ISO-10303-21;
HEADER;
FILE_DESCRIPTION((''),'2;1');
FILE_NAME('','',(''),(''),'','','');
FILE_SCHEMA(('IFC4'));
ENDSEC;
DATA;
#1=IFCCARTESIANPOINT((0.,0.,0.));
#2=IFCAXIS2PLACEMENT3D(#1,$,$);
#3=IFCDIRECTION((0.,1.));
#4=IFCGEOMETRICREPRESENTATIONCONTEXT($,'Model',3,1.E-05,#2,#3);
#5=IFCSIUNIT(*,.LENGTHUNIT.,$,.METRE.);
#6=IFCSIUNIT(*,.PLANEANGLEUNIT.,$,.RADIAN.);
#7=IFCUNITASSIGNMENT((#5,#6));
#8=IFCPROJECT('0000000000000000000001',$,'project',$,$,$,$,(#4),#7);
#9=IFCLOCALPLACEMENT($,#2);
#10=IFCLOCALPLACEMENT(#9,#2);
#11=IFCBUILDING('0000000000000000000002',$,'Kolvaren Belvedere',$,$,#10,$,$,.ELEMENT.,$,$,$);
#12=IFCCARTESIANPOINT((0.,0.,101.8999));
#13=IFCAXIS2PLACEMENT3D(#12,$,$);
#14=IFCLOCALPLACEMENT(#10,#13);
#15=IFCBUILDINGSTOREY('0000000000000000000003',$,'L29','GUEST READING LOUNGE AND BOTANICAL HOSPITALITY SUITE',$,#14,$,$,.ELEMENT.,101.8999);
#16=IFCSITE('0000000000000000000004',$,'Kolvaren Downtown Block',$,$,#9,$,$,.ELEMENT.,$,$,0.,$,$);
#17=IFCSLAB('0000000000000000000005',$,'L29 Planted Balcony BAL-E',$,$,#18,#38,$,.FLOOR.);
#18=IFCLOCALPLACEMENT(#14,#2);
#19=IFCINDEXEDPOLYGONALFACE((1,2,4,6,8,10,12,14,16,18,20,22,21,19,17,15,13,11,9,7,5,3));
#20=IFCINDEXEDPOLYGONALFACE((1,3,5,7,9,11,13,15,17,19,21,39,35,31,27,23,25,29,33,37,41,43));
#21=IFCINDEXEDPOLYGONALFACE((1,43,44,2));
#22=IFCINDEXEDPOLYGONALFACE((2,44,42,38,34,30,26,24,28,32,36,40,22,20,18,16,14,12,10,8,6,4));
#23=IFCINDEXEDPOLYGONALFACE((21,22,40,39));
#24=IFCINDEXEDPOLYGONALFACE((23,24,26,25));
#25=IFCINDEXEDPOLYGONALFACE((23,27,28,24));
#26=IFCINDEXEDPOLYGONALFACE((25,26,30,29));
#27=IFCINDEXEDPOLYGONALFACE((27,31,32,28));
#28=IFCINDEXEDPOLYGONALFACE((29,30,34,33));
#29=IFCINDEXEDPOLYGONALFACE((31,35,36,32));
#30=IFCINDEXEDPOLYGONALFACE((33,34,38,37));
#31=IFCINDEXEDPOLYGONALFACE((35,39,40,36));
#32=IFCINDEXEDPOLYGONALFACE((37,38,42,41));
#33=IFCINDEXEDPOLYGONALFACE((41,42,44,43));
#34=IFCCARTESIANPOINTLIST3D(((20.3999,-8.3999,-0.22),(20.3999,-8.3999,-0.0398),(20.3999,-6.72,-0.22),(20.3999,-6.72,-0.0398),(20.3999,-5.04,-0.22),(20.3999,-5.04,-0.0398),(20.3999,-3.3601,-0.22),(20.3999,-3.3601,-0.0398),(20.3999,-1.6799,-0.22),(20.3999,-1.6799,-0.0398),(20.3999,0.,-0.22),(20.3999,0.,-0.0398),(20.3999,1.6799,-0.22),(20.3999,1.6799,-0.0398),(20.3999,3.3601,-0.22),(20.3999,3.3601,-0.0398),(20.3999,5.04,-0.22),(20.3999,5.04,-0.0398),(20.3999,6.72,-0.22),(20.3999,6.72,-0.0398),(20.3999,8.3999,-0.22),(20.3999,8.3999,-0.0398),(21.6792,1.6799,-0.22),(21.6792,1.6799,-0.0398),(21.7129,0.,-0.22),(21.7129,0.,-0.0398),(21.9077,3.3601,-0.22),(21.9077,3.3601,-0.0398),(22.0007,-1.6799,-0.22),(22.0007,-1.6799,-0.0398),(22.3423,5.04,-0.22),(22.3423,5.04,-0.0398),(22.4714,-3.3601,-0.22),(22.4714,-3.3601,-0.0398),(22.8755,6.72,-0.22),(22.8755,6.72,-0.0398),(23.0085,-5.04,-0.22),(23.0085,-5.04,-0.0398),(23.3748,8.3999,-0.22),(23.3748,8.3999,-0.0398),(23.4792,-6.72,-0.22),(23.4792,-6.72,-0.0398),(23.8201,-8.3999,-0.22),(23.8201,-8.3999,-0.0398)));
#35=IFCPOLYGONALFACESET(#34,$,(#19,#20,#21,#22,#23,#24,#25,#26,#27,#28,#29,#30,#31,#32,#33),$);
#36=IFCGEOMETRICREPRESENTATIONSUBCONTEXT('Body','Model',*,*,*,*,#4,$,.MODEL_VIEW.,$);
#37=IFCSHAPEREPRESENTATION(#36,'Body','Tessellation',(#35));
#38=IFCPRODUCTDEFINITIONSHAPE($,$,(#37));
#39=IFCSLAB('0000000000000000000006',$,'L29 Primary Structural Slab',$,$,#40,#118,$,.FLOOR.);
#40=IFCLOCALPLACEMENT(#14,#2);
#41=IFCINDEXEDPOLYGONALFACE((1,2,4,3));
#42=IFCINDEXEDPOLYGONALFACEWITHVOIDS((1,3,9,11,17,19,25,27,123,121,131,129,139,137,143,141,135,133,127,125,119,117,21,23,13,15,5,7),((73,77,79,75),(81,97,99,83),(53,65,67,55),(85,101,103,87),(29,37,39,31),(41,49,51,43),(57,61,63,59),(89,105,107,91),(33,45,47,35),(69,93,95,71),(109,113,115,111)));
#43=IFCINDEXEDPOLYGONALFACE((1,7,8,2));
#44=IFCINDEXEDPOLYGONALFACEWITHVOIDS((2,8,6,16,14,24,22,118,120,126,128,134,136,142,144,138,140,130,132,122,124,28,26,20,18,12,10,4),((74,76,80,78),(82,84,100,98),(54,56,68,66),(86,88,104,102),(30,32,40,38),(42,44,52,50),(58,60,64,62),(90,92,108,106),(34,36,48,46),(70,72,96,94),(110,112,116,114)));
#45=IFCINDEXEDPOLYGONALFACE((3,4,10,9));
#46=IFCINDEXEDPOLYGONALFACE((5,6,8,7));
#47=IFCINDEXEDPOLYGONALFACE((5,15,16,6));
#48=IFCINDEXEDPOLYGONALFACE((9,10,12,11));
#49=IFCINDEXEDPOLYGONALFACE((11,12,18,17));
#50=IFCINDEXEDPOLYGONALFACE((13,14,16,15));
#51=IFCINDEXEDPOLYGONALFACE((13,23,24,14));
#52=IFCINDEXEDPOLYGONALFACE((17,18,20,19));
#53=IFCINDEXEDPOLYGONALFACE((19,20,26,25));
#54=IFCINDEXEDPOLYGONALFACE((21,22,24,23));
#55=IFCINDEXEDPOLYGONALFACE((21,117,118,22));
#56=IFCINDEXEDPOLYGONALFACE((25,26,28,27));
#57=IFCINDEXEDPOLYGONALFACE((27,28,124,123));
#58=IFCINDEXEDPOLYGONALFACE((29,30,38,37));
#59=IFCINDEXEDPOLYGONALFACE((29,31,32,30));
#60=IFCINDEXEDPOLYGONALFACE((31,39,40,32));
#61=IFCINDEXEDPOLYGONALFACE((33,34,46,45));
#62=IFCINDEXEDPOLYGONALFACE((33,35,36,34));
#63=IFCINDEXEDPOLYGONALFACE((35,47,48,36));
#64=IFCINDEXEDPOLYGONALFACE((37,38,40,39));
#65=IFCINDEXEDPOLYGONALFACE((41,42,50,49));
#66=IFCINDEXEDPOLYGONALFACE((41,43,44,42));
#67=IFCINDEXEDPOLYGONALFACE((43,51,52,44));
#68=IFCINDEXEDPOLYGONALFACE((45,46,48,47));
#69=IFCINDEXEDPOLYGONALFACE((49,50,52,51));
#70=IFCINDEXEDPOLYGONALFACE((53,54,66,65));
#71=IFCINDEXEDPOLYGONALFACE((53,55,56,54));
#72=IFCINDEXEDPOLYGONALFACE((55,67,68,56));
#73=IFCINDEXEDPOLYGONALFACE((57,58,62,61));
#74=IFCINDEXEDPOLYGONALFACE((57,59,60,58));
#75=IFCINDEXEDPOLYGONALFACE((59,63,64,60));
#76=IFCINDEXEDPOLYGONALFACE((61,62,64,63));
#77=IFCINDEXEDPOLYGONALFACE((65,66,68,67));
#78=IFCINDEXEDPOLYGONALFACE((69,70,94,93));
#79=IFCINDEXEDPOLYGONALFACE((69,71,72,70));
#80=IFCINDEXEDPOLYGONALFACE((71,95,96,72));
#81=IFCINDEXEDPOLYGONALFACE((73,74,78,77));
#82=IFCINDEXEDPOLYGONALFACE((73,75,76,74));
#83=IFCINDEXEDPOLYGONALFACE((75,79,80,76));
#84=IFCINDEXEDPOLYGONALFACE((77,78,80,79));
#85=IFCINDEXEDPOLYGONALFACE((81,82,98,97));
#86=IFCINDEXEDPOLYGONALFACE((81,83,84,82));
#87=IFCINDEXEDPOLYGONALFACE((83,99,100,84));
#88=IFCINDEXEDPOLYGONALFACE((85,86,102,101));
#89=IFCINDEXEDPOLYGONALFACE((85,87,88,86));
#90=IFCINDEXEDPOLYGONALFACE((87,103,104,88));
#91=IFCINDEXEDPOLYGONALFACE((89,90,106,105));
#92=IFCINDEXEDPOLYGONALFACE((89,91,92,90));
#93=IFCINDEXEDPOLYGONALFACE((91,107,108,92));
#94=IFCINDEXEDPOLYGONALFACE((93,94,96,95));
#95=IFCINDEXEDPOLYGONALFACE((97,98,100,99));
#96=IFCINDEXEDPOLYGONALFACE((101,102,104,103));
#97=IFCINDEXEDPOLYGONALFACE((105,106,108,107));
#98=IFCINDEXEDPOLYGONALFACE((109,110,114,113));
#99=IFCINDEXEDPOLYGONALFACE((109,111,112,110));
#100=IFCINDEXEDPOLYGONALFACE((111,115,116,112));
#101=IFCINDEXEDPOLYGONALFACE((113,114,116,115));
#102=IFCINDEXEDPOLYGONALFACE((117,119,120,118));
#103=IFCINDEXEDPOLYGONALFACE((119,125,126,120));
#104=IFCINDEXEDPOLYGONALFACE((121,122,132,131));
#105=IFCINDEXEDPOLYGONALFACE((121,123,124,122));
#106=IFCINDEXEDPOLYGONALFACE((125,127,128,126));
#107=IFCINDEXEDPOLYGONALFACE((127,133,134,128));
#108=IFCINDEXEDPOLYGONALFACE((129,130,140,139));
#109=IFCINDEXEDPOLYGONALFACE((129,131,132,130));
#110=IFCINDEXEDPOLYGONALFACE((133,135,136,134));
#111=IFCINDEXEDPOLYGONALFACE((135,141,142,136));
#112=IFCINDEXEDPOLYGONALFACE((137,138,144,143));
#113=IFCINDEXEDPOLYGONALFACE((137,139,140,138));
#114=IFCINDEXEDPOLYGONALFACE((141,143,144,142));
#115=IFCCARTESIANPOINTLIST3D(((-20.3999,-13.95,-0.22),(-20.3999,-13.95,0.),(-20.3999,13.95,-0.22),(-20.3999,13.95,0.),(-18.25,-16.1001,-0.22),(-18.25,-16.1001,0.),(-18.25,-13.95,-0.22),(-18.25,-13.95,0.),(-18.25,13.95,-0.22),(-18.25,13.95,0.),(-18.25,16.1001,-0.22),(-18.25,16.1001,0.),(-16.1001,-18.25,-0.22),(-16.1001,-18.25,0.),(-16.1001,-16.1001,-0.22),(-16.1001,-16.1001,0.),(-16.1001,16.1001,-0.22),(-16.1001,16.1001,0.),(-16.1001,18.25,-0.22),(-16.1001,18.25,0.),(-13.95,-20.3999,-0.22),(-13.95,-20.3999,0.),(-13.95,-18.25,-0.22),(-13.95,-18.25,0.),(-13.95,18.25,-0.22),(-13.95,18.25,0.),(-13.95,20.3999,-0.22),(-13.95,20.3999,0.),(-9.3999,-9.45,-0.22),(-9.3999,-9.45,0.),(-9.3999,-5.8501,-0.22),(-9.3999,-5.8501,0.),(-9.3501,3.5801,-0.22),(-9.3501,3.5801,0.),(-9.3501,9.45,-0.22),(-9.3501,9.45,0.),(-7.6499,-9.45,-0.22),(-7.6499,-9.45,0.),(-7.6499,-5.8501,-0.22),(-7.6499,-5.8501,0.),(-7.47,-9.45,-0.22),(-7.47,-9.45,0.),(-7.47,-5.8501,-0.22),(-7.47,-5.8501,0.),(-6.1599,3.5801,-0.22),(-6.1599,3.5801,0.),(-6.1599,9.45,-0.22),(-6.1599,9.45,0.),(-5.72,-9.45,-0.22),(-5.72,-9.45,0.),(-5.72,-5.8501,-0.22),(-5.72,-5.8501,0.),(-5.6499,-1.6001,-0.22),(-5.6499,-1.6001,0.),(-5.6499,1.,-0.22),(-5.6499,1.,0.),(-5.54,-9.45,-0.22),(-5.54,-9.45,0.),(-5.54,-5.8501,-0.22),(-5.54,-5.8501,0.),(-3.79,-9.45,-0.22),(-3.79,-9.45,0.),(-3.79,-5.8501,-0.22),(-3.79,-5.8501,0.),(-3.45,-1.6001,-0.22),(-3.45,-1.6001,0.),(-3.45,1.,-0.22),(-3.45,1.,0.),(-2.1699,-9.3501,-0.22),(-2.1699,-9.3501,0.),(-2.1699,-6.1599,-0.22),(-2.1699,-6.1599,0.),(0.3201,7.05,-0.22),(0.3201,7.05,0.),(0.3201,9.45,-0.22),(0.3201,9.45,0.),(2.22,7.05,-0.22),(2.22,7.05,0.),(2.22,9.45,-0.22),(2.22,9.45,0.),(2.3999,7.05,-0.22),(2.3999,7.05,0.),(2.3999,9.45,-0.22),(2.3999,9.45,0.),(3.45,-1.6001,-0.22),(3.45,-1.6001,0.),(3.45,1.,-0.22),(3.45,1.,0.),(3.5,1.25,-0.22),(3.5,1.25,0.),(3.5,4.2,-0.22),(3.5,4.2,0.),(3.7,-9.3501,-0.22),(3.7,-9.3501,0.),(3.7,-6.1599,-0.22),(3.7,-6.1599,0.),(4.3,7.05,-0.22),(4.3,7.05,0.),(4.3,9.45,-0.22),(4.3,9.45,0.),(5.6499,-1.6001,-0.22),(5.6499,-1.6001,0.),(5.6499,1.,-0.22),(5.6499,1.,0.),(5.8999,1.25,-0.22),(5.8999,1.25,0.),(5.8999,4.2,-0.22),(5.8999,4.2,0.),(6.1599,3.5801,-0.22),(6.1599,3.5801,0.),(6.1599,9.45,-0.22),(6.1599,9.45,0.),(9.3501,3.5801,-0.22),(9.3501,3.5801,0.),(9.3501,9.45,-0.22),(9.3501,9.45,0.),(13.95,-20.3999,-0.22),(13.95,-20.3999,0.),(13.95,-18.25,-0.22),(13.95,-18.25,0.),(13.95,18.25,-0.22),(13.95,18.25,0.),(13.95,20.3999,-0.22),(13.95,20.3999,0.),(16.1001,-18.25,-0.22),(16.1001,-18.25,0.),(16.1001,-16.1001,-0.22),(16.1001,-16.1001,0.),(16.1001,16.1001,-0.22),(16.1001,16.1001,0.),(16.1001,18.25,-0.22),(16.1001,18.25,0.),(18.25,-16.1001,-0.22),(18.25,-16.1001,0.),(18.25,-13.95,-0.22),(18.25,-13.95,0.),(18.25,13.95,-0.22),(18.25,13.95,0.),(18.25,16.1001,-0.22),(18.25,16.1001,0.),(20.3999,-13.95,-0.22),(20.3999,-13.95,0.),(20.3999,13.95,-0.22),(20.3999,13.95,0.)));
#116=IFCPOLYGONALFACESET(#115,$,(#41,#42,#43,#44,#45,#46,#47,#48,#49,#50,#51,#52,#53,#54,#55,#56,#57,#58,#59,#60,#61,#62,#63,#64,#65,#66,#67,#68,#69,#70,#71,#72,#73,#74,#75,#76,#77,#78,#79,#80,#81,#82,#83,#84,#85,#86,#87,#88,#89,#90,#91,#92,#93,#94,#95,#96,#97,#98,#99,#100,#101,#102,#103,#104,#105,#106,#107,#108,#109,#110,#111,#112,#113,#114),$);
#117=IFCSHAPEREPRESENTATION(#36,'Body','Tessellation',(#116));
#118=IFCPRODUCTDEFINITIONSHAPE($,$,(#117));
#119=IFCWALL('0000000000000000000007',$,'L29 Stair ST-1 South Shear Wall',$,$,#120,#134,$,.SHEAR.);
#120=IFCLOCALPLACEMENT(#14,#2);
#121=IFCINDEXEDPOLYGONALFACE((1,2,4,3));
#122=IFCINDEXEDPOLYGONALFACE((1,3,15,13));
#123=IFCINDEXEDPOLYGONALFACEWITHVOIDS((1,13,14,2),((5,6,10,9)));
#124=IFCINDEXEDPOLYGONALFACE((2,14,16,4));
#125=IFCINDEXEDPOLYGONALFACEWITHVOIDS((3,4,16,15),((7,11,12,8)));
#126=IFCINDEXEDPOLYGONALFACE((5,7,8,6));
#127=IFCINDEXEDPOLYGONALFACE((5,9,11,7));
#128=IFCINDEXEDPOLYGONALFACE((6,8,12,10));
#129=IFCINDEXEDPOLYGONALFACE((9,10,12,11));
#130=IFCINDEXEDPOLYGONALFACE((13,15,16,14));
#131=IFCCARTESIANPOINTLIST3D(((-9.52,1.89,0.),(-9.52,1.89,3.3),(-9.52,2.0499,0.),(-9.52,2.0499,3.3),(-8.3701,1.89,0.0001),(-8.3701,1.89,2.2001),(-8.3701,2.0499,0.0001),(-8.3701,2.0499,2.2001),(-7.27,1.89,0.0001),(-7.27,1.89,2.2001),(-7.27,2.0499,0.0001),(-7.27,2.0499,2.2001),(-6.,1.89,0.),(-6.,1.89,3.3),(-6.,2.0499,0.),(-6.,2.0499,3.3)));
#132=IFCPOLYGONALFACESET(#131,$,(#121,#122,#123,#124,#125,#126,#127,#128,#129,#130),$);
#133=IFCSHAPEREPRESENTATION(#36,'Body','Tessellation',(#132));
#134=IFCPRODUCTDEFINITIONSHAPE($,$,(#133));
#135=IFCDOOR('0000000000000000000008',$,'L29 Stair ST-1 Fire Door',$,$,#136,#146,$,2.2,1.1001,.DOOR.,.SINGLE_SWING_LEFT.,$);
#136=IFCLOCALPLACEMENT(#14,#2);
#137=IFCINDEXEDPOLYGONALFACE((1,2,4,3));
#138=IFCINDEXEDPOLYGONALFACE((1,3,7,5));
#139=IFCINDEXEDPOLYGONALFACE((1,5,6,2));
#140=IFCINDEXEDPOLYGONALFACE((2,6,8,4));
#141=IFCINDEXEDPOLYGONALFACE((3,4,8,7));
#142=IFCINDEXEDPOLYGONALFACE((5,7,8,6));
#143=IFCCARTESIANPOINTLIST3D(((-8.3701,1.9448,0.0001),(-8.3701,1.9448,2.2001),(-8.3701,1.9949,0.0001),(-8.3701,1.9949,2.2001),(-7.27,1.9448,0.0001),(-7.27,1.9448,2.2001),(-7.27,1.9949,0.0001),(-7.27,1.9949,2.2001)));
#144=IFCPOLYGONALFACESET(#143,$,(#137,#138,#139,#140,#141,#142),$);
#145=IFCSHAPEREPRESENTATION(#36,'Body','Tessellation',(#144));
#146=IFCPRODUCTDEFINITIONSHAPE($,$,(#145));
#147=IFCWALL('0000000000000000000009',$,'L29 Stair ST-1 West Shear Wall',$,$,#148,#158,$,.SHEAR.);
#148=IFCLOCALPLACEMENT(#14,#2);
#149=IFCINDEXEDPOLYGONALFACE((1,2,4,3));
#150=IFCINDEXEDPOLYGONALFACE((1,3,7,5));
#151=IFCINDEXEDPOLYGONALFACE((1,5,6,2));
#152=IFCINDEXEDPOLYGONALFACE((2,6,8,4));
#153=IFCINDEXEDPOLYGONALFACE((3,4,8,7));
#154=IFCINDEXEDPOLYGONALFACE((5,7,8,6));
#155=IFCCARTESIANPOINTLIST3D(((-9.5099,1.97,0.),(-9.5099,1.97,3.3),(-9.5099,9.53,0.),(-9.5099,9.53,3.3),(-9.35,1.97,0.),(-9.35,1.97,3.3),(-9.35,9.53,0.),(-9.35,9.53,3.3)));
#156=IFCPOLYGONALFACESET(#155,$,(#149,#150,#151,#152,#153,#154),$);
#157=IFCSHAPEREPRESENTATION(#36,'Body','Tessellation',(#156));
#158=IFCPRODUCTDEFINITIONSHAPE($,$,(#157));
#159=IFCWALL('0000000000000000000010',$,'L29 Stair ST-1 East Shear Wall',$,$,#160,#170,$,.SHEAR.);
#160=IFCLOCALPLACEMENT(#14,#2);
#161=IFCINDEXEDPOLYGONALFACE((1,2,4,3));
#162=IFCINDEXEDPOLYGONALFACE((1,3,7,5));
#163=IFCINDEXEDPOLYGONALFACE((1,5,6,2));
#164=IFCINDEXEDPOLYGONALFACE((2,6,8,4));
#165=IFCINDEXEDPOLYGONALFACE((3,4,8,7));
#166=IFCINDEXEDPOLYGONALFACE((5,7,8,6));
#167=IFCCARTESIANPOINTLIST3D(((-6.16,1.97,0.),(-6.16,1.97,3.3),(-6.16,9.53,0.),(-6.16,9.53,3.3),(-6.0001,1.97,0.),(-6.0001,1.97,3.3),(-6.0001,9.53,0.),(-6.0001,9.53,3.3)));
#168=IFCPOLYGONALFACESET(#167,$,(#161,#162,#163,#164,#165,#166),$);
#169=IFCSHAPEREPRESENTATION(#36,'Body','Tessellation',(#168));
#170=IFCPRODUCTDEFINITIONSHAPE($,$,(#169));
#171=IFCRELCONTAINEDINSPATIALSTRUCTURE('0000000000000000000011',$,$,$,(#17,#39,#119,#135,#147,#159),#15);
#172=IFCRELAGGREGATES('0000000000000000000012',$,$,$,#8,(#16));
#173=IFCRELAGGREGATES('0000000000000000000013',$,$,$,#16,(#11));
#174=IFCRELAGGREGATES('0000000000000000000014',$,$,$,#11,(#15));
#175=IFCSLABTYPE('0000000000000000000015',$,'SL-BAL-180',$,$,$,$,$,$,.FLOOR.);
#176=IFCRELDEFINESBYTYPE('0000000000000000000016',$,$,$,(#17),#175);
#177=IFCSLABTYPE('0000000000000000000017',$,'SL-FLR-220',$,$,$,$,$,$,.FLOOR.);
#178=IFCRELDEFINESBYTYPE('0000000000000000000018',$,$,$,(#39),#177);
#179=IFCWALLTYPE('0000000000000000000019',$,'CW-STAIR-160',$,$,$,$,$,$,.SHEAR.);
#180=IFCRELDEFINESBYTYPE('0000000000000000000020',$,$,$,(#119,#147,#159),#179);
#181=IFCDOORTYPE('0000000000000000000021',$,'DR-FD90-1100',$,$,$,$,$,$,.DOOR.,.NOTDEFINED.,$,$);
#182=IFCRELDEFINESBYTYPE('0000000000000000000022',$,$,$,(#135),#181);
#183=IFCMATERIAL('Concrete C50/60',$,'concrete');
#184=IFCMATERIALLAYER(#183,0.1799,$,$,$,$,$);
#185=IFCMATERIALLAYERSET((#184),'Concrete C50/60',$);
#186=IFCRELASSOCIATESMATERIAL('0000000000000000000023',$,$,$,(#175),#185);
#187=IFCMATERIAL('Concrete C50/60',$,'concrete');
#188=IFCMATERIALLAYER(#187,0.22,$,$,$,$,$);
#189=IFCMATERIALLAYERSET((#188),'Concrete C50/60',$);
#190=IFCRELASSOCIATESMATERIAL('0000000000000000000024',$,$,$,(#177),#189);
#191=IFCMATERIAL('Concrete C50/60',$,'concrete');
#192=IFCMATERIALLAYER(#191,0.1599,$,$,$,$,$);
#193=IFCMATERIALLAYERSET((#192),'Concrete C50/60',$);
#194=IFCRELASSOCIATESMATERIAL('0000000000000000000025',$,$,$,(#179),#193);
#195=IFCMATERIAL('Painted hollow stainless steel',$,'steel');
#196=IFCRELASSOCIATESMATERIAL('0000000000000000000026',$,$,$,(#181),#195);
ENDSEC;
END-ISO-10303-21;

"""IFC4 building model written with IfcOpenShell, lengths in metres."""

from ifc_helpers import new_model, si_unit, direction, frame, frame_2d, origin, place, context, subcontext, project, spatial, polyline, rectangle, outline, extrude, material, layer, layer_set, type_object, element, fill, save


model = new_model("IFC4")

# Units and contexts
model_context = context("Model", 3, precision=1e-05, world=origin(), true_north=direction((0.0, 1.0)))
body_context = subcontext(model_context, "Body", "Model", "MODEL_VIEW")
ifc_project = project(units=[si_unit("LENGTHUNIT", "METRE"), si_unit("PLANEANGLEUNIT", "RADIAN")], contexts=[model_context])

# Site, building, storey
site_placement = place(None, origin())
site = spatial("IfcSite", under=ifc_project, at=site_placement, Name="Kolvaren Downtown Block", CompositionType="ELEMENT", RefElevation=0.0)
building_placement = place(site_placement, origin())
building = spatial("IfcBuilding", under=site, at=building_placement, Name="Kolvaren Belvedere", CompositionType="ELEMENT")
storey_placement = place(building_placement, frame((0.0, 0.0, 101.8999)))
storey = spatial("IfcBuildingStorey", under=building, at=storey_placement, Name="L29", Description="GUEST READING LOUNGE AND BOTANICAL HOSPITALITY SUITE", CompositionType="ELEMENT", Elevation=101.8999)

# Slabs
ifc_material_1 = material(Name="Concrete C50/60", Category="concrete")
ifc_layer_1 = layer(ifc_material_1, 0.1799)
ifc_layer_set_1 = layer_set([ifc_layer_1], Name="Concrete C50/60")
slab_type_1 = type_object("IfcSlabType", Name="SL-BAL-180", PredefinedType="FLOOR", material=ifc_layer_set_1)
slab_1_placement = place(storey_placement, frame((0.0, 0.0, -0.22)))
element("IfcSlab", 1, at=slab_1_placement, inside=storey, type_object=slab_type_1, Name="L29 Planted Balcony BAL-E", PredefinedType="FLOOR", context=body_context, shape_type="SweptSolid", body=[
    extrude(outline(polyline([(23.8201, -8.3999), (23.4792, -6.72), (23.0085, -5.04), (22.4714, -3.3601), (22.0007, -1.6799), (21.7129, 0.0), (21.6792, 1.6799), (21.9077, 3.3601), (22.3423, 5.04), (22.8755, 6.72), (23.3748, 8.3999), (20.3999, 8.3999), (20.3999, 6.72), (20.3999, 5.04), (20.3999, 3.3601), (20.3999, 1.6799), (20.3999, 0.0), (20.3999, -1.6799), (20.3999, -3.3601), (20.3999, -5.04), (20.3999, -6.72), (20.3999, -8.3999), (23.8201, -8.3999)])), origin(), (0.0, 0.0, 1.0), 0.1802),
])
ifc_material_2 = material(Name="Concrete C50/60", Category="concrete")
ifc_layer_2 = layer(ifc_material_2, 0.22)
ifc_layer_set_2 = layer_set([ifc_layer_2], Name="Concrete C50/60")
slab_type_2 = type_object("IfcSlabType", Name="SL-FLR-220", PredefinedType="FLOOR", material=ifc_layer_set_2)
slab_2_placement = place(storey_placement, frame((0.0, 0.0, -0.22)))
element("IfcSlab", 2, at=slab_2_placement, inside=storey, type_object=slab_type_2, Name="L29 Primary Structural Slab", PredefinedType="FLOOR", context=body_context, shape_type="SweptSolid", body=[
    extrude(outline(polyline([(-13.95, -20.3999), (13.95, -20.3999), (13.95, -18.25), (16.1001, -18.25), (16.1001, -16.1001), (18.25, -16.1001), (18.25, -13.95), (20.3999, -13.95), (20.3999, 13.95), (18.25, 13.95), (18.25, 16.1001), (16.1001, 16.1001), (16.1001, 18.25), (13.95, 18.25), (13.95, 20.3999), (-13.95, 20.3999), (-13.95, 18.25), (-16.1001, 18.25), (-16.1001, 16.1001), (-18.25, 16.1001), (-18.25, 13.95), (-20.3999, 13.95), (-20.3999, -13.95), (-18.25, -13.95), (-18.25, -16.1001), (-16.1001, -16.1001), (-16.1001, -18.25), (-13.95, -18.25), (-13.95, -20.3999)]), holes=[polyline([(-9.3501, 3.5801), (-6.1599, 3.5801), (-6.1599, 9.45), (-9.3501, 9.45), (-9.3501, 3.5801)]), polyline([(6.1599, 3.5801), (9.3501, 3.5801), (9.3501, 9.45), (6.1599, 9.45), (6.1599, 3.5801)]), polyline([(-2.1699, -9.3501), (3.7, -9.3501), (3.7, -6.1599), (-2.1699, -6.1599), (-2.1699, -9.3501)]), polyline([(-5.6499, -1.6001), (-3.45, -1.6001), (-3.45, 1.0), (-5.6499, 1.0), (-5.6499, -1.6001)]), polyline([(3.5, 1.25), (5.8999, 1.25), (5.8999, 4.2), (3.5, 4.2), (3.5, 1.25)]), polyline([(3.45, -1.6001), (5.6499, -1.6001), (5.6499, 1.0), (3.45, 1.0), (3.45, -1.6001)]), polyline([(-9.3999, -9.45), (-7.6499, -9.45), (-7.6499, -5.8501), (-9.3999, -5.8501), (-9.3999, -9.45)]), polyline([(-7.47, -9.45), (-5.72, -9.45), (-5.72, -5.8501), (-7.47, -5.8501), (-7.47, -9.45)]), polyline([(-5.54, -9.45), (-3.79, -9.45), (-3.79, -5.8501), (-5.54, -5.8501), (-5.54, -9.45)]), polyline([(0.3201, 7.05), (2.22, 7.05), (2.22, 9.45), (0.3201, 9.45), (0.3201, 7.05)]), polyline([(2.3999, 7.05), (4.3, 7.05), (4.3, 9.45), (2.3999, 9.45), (2.3999, 7.05)])]), origin(), (0.0, 0.0, 1.0), 0.22),
])

# Wall, opening, door
ifc_material_3 = material(Name="Concrete C50/60", Category="concrete")
ifc_layer_3 = layer(ifc_material_3, 0.1599)
ifc_layer_set_3 = layer_set([ifc_layer_3], Name="Concrete C50/60")
wall_type_1 = type_object("IfcWallType", Name="CW-STAIR-160", PredefinedType="SHEAR", material=ifc_layer_set_3)
wall_1_placement = place(storey_placement, frame((-9.52, 1.97, 0.0), z_axis=(0.0, 0.0, 1.0), x_axis=(1.0, 0.0, 0.0)))
wall_1 = element("IfcWall", 3, at=wall_1_placement, inside=storey, type_object=wall_type_1, Name="L29 Stair ST-1 South Shear Wall", PredefinedType="SHEAR", context=body_context, shape_type="SweptSolid", body=[
    extrude(rectangle(XDim=3.52, YDim=0.1599, at=frame_2d((1.76, 0.0))), origin(), (0.0, 0.0, 1.0), 3.3),
])
opening_1_placement = place(wall_1_placement, frame((1.1499, 0.0, 0.0)))
opening_1 = element("IfcOpeningElement", 4, at=opening_1_placement, cuts=wall_1, PredefinedType="OPENING", context=body_context, shape_type="SweptSolid", body=[
    extrude(rectangle(XDim=1.1001, YDim=2.2, at=frame_2d((0.55, 1.1001))), frame((0.0, 0.0898, 0.0), z_axis=(0.0, -1.0, 0.0), x_axis=(1.0, 0.0, 0.0)), (0.0, 0.0, 1.0), 0.1799),
])
ifc_material_4 = material(Name="Painted hollow stainless steel", Category="steel")
door_type_1 = type_object("IfcDoorType", Name="DR-FD90-1100", OperationType="NOTDEFINED", PredefinedType="DOOR", material=ifc_material_4)
door_1_placement = place(opening_1_placement, origin())
door_1 = element("IfcDoor", 5, at=door_1_placement, inside=storey, type_object=door_type_1, Name="L29 Stair ST-1 Fire Door", OperationType="SINGLE_SWING_LEFT", OverallHeight=2.2, OverallWidth=1.1001, PredefinedType="DOOR", context=body_context, shape_type="SweptSolid", body=[
    extrude(rectangle(XDim=1.1001, YDim=2.2, at=frame_2d((0.55, 1.1001))), frame((0.0, 0.0249, 0.0), z_axis=(0.0, -1.0, 0.0), x_axis=(1.0, 0.0, 0.0)), (0.0, 0.0, 1.0), 0.05),
])
fill(opening_1, door_1)

# Walls
for number, where, z_axis, x_axis, name in (
    (6, (-9.4299, 1.97, 0.0), (0.0, 0.0, 1.0), (0.0, 1.0, 0.0), "L29 Stair ST-1 West Shear Wall"),
    (7, (-6.0801, 1.97, 0.0), (0.0, 0.0, 1.0), (0.0, 1.0, 0.0), "L29 Stair ST-1 East Shear Wall"),
):
    element("IfcWall", number, at=place(storey_placement, frame(where, z_axis=z_axis, x_axis=x_axis)), inside=storey, type_object=wall_type_1, Name=name, PredefinedType="SHEAR", context=body_context, shape_type="SweptSolid", body=[
        extrude(rectangle(XDim=7.5601, YDim=0.1599, at=frame_2d((3.78, 0.0))), origin(), (0.0, 0.0, 1.0), 3.3),
    ])

save(model, "model.ifc")
